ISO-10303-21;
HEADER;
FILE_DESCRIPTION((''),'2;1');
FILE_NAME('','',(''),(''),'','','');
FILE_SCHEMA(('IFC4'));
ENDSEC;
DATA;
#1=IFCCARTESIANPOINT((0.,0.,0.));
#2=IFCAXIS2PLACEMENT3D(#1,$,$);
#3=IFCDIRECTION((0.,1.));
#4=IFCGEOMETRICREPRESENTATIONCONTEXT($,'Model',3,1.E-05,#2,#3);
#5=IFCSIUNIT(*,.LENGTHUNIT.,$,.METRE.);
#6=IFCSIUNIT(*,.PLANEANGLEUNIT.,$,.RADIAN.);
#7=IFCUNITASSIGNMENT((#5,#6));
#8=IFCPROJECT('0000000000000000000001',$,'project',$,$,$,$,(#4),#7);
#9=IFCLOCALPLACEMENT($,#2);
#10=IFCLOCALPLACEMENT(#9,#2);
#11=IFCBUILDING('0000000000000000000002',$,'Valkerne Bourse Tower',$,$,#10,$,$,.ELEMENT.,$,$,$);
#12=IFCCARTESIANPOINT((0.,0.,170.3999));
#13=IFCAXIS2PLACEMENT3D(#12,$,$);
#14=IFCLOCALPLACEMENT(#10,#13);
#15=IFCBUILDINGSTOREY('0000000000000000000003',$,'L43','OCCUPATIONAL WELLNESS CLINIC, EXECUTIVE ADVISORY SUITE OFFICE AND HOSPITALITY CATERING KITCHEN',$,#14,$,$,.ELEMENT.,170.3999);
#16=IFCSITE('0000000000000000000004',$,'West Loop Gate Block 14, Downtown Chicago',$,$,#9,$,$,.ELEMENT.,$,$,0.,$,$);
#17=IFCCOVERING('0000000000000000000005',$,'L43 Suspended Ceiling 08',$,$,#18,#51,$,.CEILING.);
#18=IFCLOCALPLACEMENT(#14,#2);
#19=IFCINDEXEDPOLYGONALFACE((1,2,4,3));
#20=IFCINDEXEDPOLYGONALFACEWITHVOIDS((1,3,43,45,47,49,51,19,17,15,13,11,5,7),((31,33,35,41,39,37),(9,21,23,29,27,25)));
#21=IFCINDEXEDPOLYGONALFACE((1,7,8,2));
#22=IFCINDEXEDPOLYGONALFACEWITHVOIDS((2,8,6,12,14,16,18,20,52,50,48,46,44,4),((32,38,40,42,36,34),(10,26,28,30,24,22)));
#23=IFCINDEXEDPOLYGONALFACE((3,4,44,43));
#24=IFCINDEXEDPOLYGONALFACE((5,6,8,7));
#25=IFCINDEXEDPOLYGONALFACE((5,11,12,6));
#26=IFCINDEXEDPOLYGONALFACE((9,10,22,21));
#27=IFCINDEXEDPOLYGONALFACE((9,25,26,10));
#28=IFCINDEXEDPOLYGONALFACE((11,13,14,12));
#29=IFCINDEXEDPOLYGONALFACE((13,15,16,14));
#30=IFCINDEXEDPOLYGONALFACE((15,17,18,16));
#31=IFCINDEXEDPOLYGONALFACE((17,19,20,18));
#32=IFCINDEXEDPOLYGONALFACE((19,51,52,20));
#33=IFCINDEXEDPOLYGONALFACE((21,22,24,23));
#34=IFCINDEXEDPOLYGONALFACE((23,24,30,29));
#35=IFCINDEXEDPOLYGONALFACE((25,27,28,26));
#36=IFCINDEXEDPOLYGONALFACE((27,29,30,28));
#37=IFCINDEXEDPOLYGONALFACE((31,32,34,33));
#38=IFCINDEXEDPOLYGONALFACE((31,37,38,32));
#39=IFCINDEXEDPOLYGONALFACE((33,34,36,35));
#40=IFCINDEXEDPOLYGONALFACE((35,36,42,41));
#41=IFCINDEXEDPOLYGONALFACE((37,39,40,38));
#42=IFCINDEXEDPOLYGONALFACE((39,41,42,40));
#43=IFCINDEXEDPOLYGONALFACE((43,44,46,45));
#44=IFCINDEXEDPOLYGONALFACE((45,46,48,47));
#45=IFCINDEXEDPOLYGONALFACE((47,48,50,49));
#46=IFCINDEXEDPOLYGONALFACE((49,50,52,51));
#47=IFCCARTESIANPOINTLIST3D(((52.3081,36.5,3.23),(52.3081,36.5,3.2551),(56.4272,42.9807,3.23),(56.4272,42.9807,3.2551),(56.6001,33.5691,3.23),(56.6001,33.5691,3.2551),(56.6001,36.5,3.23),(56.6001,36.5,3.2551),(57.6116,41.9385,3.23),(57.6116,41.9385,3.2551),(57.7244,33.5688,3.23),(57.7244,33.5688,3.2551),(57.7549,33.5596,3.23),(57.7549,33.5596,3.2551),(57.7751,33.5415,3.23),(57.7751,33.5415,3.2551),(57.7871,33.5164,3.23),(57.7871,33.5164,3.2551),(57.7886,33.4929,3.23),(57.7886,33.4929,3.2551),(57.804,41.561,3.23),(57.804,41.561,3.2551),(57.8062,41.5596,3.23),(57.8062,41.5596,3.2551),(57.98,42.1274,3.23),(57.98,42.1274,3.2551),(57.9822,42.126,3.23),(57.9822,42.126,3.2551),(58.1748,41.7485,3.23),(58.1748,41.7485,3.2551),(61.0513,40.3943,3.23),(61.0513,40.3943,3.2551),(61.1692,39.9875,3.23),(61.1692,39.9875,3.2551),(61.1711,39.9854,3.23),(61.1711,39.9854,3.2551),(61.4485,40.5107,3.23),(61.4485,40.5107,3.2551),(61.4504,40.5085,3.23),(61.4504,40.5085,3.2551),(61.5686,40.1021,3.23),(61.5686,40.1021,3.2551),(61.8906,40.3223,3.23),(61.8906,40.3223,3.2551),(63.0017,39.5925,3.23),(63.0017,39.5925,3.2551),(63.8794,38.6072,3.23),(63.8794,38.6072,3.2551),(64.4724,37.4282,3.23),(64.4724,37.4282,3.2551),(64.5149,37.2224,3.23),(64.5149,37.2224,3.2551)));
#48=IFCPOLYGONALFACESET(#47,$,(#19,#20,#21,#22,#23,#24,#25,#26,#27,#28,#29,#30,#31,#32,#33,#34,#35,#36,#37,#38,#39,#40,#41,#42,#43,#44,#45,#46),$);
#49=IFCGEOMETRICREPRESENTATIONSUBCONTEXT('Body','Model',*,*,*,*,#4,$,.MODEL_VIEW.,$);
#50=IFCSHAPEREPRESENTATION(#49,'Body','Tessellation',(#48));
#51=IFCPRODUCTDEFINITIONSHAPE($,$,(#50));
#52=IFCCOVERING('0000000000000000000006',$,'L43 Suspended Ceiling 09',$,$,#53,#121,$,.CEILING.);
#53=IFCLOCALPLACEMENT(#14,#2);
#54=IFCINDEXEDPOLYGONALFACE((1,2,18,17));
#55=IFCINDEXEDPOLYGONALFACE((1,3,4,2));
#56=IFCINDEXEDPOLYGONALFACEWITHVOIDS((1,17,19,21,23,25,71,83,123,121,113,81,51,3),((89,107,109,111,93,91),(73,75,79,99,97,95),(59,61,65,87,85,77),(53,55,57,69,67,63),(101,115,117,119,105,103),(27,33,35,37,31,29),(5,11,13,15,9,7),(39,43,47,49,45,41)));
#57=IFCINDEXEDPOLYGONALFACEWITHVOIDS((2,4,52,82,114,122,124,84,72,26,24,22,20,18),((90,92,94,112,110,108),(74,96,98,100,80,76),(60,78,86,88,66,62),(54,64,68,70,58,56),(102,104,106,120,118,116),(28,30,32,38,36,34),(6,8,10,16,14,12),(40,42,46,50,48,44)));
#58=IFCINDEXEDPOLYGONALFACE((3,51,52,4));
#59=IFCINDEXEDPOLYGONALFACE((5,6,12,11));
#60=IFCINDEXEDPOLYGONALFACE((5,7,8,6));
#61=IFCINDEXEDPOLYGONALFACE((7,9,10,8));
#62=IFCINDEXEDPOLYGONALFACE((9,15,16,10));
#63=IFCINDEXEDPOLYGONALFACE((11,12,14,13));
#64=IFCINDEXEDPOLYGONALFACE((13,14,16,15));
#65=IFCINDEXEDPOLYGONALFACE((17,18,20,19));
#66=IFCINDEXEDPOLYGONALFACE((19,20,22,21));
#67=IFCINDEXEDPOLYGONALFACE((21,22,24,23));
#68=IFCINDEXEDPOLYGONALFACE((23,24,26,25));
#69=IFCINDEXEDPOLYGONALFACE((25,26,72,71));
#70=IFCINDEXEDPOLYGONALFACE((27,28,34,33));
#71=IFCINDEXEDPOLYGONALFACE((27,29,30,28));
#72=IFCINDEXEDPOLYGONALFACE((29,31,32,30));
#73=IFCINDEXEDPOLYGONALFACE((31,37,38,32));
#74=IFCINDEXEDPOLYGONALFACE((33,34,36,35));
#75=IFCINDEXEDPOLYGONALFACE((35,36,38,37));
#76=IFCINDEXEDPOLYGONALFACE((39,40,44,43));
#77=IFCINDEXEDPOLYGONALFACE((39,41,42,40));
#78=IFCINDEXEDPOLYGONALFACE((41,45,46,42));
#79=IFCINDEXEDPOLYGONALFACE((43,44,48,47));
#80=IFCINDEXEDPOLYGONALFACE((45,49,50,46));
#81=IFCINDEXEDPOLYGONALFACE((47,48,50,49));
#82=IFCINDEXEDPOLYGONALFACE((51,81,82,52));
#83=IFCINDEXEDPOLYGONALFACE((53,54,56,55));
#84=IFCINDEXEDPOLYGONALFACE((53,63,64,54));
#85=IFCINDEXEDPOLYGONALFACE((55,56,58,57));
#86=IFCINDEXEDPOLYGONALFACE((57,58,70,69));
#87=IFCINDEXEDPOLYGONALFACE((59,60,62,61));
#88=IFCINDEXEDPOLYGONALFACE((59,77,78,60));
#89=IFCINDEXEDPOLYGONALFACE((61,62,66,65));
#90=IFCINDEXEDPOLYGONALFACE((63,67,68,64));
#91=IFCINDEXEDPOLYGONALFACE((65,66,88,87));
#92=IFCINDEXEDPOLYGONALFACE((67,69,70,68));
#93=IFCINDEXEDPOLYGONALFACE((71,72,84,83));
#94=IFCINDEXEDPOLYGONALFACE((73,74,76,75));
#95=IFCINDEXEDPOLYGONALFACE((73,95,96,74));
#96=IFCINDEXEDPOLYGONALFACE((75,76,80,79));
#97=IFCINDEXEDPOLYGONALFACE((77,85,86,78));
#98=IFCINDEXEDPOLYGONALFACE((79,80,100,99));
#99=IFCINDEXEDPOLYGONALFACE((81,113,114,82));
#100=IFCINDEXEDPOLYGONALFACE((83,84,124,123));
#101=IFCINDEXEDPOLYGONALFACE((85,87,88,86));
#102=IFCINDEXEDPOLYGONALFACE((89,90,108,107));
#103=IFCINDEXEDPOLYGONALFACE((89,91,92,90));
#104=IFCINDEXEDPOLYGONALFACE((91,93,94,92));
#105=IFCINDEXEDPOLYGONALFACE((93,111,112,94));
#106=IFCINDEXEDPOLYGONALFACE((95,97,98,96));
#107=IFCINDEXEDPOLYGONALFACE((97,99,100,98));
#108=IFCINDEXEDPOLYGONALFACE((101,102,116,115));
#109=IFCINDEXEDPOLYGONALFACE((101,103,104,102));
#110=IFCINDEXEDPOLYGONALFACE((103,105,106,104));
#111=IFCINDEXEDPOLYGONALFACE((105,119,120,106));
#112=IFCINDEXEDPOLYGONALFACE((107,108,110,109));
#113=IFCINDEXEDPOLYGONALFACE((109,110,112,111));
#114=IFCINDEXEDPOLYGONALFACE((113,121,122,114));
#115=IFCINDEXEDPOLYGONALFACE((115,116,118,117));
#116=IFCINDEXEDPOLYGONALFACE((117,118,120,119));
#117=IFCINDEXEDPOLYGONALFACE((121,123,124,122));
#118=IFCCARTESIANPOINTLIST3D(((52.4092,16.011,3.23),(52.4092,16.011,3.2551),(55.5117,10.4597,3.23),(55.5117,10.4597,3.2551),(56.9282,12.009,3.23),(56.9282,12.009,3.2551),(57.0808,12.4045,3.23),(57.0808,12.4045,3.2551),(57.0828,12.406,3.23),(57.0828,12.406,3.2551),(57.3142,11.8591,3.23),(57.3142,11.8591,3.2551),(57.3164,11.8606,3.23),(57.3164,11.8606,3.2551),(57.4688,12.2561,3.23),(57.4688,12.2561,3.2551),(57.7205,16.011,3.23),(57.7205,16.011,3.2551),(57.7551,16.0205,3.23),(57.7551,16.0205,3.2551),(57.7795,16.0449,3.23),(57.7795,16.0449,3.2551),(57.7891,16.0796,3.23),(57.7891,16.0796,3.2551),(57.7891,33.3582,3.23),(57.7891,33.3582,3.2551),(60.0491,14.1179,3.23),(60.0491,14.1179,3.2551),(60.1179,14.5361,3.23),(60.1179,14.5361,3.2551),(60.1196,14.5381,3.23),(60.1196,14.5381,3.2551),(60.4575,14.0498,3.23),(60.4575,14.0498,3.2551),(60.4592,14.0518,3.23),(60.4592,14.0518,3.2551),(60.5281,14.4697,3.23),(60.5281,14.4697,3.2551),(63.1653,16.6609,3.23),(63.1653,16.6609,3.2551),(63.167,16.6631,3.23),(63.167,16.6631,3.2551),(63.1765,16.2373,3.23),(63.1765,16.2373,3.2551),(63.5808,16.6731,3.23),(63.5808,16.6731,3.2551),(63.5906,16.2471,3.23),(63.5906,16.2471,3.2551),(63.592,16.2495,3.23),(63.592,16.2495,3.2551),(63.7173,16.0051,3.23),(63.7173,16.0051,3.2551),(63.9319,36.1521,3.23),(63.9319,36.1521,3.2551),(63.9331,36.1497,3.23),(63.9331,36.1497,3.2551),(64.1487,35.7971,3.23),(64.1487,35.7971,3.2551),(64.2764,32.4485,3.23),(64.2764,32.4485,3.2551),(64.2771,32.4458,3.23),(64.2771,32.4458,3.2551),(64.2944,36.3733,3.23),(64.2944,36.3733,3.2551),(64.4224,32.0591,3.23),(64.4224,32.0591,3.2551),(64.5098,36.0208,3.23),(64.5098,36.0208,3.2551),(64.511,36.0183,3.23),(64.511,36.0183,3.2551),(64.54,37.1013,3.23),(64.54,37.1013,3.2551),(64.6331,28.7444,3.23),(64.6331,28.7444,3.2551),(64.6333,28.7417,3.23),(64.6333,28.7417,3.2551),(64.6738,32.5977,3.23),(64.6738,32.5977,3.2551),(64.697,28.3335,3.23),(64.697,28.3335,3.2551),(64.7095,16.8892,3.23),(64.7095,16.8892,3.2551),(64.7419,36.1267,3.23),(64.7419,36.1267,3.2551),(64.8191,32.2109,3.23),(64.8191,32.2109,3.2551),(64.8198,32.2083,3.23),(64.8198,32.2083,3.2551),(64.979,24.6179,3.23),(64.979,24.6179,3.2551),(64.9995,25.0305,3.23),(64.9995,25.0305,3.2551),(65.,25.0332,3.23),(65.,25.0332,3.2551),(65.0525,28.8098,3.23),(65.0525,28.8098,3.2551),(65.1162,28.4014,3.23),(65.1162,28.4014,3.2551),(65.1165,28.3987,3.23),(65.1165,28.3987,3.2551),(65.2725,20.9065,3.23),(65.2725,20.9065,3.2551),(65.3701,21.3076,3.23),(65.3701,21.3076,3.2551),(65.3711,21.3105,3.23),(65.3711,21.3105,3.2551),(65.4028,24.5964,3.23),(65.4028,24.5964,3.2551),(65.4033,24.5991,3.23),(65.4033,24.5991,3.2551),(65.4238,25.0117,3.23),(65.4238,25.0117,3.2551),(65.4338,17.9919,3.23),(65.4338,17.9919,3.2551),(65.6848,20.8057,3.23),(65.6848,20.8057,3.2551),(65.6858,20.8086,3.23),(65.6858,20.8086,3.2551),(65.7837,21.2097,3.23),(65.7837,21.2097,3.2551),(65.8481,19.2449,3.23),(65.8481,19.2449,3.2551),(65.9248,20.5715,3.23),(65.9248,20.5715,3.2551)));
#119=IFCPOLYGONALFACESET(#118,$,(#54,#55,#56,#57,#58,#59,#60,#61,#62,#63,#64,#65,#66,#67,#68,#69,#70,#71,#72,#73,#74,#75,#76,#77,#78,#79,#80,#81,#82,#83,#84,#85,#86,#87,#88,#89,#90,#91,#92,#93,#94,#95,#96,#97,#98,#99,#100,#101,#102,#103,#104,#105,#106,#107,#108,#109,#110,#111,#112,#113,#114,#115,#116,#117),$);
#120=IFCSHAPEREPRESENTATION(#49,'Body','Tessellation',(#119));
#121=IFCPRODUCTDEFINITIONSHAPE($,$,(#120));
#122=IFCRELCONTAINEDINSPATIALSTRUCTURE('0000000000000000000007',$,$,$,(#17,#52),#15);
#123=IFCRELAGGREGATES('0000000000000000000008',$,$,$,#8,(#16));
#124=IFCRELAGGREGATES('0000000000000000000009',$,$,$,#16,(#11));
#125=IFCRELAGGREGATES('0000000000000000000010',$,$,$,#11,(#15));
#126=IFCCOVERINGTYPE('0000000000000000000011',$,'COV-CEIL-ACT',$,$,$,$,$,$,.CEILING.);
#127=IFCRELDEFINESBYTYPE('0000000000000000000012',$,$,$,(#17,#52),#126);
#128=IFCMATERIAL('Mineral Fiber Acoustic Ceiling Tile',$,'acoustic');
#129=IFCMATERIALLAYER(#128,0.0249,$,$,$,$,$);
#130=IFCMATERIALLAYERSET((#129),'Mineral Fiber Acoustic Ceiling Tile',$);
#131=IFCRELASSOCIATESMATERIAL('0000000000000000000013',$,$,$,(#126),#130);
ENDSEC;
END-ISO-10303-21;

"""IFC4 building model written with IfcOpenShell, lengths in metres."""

from ifc_helpers import new_model, si_unit, direction, frame, origin, place, context, subcontext, project, spatial, polyline, outline, extrude, material, layer, layer_set, type_object, element, save


model = new_model("IFC4")

# Units and contexts
model_context = context("Model", 3, precision=1e-05, world=origin(), true_north=direction((0.0, 1.0)))
body_context = subcontext(model_context, "Body", "Model", "MODEL_VIEW")
ifc_project = project(units=[si_unit("LENGTHUNIT", "METRE"), si_unit("PLANEANGLEUNIT", "RADIAN")], contexts=[model_context])

# Site, building, storey
site_placement = place(None, origin())
site = spatial("IfcSite", under=ifc_project, at=site_placement, Name="West Loop Gate Block 14, Downtown Chicago", CompositionType="ELEMENT", RefElevation=0.0)
building_placement = place(site_placement, origin())
building = spatial("IfcBuilding", under=site, at=building_placement, Name="Valkerne Bourse Tower", CompositionType="ELEMENT")
storey_placement = place(building_placement, frame((0.0, 0.0, 170.3999)))
storey = spatial("IfcBuildingStorey", under=building, at=storey_placement, Name="L43", Description="OCCUPATIONAL WELLNESS CLINIC, EXECUTIVE ADVISORY SUITE OFFICE AND HOSPITALITY CATERING KITCHEN", CompositionType="ELEMENT", Elevation=170.3999)

# Coverings
ifc_material_1 = material(Name="Mineral Fiber Acoustic Ceiling Tile", Category="acoustic")
ifc_layer_1 = layer(ifc_material_1, 0.0249)
ifc_layer_set_1 = layer_set([ifc_layer_1], Name="Mineral Fiber Acoustic Ceiling Tile")
covering_type_1 = type_object("IfcCoveringType", Name="COV-CEIL-ACT", PredefinedType="CEILING", material=ifc_layer_set_1)
covering_1_placement = place(storey_placement, frame((0.0, 0.0, 3.23)))
element("IfcCovering", 1, at=covering_1_placement, inside=storey, type_object=covering_type_1, Name="L43 Suspended Ceiling 08", PredefinedType="CEILING", context=body_context, shape_type="SweptSolid", body=[
    extrude(outline(polyline([(63.8794, 38.6072), (64.4724, 37.4282), (64.5149, 37.2224), (57.7886, 33.4929), (57.7871, 33.5164), (57.7751, 33.5415), (57.7549, 33.5596), (57.7244, 33.5688), (56.6001, 33.5691), (56.6001, 36.5), (52.3081, 36.5), (56.4272, 42.9807), (61.8906, 40.3223), (63.0017, 39.5925), (63.8794, 38.6072)]), holes=[polyline([(61.4504, 40.5085), (61.4485, 40.5107), (61.0513, 40.3943), (61.1692, 39.9875), (61.1711, 39.9854), (61.5686, 40.1021), (61.4504, 40.5085)]), polyline([(58.1748, 41.7485), (57.9822, 42.126), (57.98, 42.1274), (57.6116, 41.9385), (57.804, 41.561), (57.8062, 41.5596), (58.1748, 41.7485)])]), origin(), (0.0, 0.0, 1.0), 0.0251),
])
covering_2_placement = place(storey_placement, frame((0.0, 0.0, 3.23)))
element("IfcCovering", 2, at=covering_2_placement, inside=storey, type_object=covering_type_1, Name="L43 Suspended Ceiling 09", PredefinedType="CEILING", context=body_context, shape_type="SweptSolid", body=[
    extrude(outline(polyline([(64.7095, 16.8892), (63.7173, 16.0051), (55.5117, 10.4597), (52.4092, 16.011), (57.7205, 16.011), (57.7551, 16.0205), (57.7795, 16.0449), (57.7891, 16.0796), (57.7891, 33.3582), (64.54, 37.1013), (64.7419, 36.1267), (65.9248, 20.5715), (65.8481, 19.2449), (65.4338, 17.9919), (64.7095, 16.8892)]), holes=[polyline([(57.3164, 11.8606), (57.4688, 12.2561), (57.0828, 12.406), (57.0808, 12.4045), (56.9282, 12.009), (57.3142, 11.8591), (57.3164, 11.8606)]), polyline([(60.4592, 14.0518), (60.5281, 14.4697), (60.1196, 14.5381), (60.1179, 14.5361), (60.0491, 14.1179), (60.4575, 14.0498), (60.4592, 14.0518)]), polyline([(63.592, 16.2495), (63.5808, 16.6731), (63.167, 16.6631), (63.1653, 16.6609), (63.1765, 16.2373), (63.5906, 16.2471), (63.592, 16.2495)]), polyline([(65.7837, 21.2097), (65.3711, 21.3105), (65.3701, 21.3076), (65.2725, 20.9065), (65.6848, 20.8057), (65.6858, 20.8086), (65.7837, 21.2097)]), polyline([(65.4238, 25.0117), (65.0, 25.0332), (64.9995, 25.0305), (64.979, 24.6179), (65.4028, 24.5964), (65.4033, 24.5991), (65.4238, 25.0117)]), polyline([(65.1165, 28.3987), (65.1162, 28.4014), (65.0525, 28.8098), (64.6331, 28.7444), (64.6333, 28.7417), (64.697, 28.3335), (65.1165, 28.3987)]), polyline([(64.8198, 32.2083), (64.8191, 32.2109), (64.6738, 32.5977), (64.2764, 32.4485), (64.2771, 32.4458), (64.4224, 32.0591), (64.8198, 32.2083)]), polyline([(64.511, 36.0183), (64.5098, 36.0208), (64.2944, 36.3733), (63.9319, 36.1521), (63.9331, 36.1497), (64.1487, 35.7971), (64.511, 36.0183)])]), origin(), (0.0, 0.0, 1.0), 0.0251),
])

save(model, "model.ifc")
